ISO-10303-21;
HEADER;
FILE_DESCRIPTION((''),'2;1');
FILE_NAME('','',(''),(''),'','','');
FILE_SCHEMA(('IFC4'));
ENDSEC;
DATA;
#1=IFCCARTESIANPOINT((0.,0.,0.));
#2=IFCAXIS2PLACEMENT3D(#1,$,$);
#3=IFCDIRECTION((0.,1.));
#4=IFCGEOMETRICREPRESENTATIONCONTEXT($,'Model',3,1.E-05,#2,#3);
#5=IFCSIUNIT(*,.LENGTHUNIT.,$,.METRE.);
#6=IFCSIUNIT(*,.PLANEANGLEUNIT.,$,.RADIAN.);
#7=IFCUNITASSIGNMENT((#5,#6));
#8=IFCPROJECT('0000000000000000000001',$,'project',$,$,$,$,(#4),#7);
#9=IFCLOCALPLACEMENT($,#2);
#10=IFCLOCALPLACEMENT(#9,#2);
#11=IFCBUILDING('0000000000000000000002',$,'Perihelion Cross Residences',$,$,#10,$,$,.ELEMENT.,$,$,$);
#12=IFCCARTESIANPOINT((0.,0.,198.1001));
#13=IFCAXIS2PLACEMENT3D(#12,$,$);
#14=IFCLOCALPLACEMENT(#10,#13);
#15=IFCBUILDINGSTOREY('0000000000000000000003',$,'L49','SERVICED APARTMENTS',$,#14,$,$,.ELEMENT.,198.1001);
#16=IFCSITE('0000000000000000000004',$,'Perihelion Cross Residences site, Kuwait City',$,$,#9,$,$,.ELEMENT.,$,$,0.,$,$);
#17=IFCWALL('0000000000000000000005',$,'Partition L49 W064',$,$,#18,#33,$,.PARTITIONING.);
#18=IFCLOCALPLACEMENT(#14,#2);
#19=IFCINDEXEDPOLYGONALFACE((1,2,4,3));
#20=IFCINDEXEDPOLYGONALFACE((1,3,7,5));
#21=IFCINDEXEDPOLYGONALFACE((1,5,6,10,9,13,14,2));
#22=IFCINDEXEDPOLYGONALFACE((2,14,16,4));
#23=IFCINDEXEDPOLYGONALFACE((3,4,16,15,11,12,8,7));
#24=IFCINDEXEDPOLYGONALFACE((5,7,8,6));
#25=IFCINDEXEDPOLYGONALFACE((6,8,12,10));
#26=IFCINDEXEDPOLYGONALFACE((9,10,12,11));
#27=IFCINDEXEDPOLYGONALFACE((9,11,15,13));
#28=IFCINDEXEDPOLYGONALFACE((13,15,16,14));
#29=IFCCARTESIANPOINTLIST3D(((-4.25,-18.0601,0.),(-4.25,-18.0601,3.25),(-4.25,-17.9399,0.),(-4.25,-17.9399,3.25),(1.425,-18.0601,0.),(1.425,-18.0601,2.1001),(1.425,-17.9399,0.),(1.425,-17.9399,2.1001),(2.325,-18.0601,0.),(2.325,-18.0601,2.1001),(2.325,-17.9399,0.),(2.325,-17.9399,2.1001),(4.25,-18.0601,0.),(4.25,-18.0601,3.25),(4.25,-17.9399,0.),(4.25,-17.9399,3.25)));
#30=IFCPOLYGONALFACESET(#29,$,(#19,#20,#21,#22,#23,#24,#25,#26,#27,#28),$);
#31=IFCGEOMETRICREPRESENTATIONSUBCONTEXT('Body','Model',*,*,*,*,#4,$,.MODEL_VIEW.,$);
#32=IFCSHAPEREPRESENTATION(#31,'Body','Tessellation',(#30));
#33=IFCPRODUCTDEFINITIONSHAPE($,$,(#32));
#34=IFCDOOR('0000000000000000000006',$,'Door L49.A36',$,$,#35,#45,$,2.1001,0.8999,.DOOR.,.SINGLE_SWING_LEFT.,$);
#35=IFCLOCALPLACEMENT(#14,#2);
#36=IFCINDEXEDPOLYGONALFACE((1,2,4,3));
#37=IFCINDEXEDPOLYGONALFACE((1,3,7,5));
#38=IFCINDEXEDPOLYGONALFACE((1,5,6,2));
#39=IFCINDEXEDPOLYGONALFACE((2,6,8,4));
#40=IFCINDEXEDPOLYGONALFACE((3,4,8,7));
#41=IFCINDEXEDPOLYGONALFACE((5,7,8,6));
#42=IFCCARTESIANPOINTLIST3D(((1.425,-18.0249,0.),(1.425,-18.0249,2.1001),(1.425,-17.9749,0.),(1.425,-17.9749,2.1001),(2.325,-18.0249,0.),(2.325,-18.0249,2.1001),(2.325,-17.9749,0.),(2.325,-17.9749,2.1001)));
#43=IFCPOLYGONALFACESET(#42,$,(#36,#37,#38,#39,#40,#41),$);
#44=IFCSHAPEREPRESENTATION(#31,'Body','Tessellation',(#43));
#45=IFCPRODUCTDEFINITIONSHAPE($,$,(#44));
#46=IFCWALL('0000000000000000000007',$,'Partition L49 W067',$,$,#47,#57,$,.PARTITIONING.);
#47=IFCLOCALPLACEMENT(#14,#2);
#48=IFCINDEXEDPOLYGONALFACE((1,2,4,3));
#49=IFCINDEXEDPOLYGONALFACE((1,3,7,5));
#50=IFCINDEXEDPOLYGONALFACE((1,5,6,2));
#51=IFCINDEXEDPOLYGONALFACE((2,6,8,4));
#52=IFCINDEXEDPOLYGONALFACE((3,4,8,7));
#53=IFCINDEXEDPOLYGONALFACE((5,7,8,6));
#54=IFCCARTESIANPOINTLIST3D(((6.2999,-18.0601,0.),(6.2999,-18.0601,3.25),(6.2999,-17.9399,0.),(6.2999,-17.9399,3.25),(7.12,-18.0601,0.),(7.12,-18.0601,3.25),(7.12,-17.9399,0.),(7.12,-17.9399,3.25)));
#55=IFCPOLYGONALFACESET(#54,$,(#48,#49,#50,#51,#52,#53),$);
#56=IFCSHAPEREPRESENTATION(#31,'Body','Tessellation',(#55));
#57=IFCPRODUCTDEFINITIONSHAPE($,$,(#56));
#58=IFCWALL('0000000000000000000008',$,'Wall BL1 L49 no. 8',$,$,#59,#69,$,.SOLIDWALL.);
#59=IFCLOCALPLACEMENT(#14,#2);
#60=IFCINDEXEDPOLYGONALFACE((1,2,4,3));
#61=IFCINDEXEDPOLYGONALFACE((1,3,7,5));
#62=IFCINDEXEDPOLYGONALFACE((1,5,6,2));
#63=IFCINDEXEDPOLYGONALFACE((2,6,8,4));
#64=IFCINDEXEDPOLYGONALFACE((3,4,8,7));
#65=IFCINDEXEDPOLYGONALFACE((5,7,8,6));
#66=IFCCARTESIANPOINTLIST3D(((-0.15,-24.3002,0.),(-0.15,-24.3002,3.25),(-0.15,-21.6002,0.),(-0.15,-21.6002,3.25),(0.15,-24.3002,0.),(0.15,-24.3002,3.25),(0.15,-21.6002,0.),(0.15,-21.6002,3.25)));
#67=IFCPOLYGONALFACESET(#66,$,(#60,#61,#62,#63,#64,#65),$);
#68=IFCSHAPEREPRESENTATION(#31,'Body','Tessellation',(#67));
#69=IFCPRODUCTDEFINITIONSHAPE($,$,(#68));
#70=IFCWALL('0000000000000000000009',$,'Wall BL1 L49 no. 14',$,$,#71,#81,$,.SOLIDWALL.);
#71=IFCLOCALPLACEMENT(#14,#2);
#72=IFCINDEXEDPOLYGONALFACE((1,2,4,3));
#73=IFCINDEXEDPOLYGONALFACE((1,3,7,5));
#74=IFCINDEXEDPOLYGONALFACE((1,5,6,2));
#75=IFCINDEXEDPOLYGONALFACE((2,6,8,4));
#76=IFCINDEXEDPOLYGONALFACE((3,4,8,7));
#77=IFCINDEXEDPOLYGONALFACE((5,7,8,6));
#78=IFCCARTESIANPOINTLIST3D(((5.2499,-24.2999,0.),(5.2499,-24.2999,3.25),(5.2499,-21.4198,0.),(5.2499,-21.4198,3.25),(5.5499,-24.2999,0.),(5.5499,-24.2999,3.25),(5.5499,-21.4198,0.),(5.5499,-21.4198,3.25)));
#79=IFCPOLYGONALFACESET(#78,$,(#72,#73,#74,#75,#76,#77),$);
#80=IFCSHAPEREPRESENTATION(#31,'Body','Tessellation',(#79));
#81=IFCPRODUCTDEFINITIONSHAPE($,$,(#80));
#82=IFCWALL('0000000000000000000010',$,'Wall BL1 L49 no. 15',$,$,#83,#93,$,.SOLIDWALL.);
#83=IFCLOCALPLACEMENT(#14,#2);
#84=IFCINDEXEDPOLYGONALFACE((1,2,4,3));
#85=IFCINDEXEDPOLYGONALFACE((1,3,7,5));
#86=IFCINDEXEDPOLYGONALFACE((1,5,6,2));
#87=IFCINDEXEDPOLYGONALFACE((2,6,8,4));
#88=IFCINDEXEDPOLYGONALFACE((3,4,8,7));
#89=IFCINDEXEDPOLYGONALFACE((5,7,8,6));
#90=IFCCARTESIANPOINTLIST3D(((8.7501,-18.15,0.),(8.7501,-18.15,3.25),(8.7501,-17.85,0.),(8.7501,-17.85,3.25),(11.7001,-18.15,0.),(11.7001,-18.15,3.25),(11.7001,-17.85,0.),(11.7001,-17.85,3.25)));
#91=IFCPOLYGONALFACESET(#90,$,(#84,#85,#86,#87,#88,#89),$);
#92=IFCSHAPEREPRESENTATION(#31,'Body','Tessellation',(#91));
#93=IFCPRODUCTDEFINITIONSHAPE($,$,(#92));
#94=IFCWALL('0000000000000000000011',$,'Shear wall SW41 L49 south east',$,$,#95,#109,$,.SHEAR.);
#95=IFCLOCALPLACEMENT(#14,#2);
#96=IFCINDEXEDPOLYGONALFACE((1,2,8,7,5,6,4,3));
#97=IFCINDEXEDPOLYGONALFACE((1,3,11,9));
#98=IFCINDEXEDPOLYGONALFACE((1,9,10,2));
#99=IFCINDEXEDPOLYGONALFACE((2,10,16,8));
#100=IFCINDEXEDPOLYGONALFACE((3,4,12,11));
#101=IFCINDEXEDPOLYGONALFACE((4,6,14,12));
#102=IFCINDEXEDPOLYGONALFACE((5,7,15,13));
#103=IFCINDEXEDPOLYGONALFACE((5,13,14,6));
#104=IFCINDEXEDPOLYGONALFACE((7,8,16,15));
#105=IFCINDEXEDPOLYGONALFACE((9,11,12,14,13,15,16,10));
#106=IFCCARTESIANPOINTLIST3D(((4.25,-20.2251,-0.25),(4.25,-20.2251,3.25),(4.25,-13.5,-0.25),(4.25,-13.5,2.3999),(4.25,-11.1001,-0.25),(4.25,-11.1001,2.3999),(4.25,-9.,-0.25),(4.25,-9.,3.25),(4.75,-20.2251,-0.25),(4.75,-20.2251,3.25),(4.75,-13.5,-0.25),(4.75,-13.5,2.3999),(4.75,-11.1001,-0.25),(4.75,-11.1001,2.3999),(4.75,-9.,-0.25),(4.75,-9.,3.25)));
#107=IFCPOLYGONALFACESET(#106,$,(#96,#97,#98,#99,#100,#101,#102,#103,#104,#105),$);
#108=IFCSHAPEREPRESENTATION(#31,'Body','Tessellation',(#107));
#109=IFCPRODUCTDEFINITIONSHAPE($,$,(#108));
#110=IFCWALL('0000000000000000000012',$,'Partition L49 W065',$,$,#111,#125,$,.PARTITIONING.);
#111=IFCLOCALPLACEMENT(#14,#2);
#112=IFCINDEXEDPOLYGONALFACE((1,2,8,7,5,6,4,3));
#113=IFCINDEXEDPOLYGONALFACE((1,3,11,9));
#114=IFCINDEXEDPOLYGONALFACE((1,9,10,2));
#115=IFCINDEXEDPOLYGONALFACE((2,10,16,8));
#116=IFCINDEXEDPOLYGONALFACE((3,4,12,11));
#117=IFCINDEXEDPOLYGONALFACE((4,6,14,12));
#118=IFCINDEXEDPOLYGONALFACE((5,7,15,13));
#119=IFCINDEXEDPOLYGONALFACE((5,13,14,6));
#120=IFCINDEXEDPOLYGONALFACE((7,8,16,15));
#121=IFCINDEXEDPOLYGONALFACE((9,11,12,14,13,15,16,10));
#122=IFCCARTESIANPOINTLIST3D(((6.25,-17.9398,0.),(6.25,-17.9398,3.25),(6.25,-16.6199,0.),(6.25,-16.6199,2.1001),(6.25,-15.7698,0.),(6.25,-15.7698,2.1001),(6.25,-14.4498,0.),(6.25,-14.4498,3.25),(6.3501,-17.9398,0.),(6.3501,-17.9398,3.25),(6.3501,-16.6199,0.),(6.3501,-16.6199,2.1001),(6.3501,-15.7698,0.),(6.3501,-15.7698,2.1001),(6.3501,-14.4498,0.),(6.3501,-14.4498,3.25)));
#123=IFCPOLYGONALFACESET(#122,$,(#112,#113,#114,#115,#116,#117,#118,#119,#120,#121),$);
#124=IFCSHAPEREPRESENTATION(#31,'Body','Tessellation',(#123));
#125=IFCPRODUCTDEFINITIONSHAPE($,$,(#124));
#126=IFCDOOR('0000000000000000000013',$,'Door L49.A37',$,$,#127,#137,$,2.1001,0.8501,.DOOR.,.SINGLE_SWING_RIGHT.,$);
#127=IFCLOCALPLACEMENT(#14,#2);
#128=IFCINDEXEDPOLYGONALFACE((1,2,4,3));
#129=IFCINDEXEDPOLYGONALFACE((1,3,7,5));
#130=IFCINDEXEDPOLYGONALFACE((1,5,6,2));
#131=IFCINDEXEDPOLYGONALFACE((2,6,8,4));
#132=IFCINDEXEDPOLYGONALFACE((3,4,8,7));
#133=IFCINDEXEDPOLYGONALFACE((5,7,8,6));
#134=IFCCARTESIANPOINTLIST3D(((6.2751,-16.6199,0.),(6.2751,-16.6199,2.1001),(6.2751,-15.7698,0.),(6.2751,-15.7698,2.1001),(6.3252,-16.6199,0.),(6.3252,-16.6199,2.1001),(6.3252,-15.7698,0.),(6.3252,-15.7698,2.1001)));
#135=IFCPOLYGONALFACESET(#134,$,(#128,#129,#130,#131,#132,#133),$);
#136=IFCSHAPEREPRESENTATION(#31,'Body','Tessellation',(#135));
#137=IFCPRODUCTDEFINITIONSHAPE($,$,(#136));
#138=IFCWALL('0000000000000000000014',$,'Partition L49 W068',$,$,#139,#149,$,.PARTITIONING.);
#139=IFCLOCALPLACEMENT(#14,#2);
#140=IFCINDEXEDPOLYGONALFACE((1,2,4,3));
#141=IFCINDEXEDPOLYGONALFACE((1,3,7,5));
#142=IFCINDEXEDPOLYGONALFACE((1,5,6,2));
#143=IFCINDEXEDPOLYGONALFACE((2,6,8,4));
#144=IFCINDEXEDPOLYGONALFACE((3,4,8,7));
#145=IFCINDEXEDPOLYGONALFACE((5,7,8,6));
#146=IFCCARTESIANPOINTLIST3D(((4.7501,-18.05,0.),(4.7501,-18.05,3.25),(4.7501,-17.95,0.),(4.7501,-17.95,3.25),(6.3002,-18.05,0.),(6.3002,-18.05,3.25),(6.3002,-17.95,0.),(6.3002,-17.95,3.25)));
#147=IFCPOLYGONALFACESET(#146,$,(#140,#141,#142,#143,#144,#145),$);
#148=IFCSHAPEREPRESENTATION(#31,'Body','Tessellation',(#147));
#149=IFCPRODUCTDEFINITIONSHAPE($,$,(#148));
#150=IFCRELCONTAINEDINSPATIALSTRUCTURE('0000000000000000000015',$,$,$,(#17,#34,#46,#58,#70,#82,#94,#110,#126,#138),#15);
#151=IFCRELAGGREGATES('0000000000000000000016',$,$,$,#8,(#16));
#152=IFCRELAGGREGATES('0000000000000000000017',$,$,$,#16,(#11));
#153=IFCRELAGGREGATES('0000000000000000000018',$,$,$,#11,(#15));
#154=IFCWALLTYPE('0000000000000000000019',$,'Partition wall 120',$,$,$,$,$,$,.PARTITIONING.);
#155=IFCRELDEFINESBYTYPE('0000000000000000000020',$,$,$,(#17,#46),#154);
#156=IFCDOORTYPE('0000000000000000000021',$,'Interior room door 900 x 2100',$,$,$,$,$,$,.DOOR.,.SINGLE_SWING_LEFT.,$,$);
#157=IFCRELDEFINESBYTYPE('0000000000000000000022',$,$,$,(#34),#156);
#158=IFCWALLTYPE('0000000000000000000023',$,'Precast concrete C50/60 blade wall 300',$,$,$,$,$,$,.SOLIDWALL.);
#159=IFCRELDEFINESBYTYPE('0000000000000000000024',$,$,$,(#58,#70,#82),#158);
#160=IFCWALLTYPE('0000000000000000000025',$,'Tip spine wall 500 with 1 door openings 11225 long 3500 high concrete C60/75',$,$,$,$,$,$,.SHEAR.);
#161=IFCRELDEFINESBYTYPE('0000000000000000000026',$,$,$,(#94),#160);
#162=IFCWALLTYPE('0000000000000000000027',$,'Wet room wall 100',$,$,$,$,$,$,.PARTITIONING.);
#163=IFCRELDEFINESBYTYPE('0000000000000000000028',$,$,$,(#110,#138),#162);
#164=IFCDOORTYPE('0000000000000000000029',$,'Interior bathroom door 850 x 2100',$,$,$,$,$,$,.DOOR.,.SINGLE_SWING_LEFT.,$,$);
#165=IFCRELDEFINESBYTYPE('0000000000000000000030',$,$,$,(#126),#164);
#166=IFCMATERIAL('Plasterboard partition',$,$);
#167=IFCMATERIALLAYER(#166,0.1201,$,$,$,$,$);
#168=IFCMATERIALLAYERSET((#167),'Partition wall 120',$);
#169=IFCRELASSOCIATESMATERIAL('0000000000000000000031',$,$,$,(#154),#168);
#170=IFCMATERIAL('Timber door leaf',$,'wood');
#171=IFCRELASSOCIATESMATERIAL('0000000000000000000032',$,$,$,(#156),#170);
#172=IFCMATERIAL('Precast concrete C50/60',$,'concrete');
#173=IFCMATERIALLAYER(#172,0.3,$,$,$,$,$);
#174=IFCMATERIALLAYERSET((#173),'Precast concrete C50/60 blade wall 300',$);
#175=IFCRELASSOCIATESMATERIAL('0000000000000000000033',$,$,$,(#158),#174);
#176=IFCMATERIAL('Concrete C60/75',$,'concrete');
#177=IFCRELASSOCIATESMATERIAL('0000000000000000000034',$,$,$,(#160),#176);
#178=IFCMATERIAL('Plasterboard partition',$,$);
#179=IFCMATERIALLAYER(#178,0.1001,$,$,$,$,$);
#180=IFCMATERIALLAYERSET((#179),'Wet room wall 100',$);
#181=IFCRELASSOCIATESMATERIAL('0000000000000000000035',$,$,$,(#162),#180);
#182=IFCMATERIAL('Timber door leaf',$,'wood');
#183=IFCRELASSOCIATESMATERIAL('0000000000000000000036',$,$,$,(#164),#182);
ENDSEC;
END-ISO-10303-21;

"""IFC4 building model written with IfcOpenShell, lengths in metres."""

from ifc_helpers import new_model, si_unit, direction, frame, frame_2d, origin, place, context, subcontext, project, spatial, polyline, rectangle, outline, extrude, material, layer, layer_set, material_profile, profile_set, type_object, element, fill, save


model = new_model("IFC4")

# Units and contexts
model_context = context("Model", 3, precision=1e-05, world=origin(), true_north=direction((0.0, 1.0)))
body_context = subcontext(model_context, "Body", "Model", "MODEL_VIEW")
ifc_project = project(units=[si_unit("LENGTHUNIT", "METRE"), si_unit("PLANEANGLEUNIT", "RADIAN")], contexts=[model_context])

# Site, building, storey
site_placement = place(None, origin())
site = spatial("IfcSite", under=ifc_project, at=site_placement, Name="Perihelion Cross Residences site, Kuwait City", CompositionType="ELEMENT", RefElevation=0.0)
building_placement = place(site_placement, origin())
building = spatial("IfcBuilding", under=site, at=building_placement, Name="Perihelion Cross Residences", CompositionType="ELEMENT")
storey_placement = place(building_placement, frame((0.0, 0.0, 198.1001)))
storey = spatial("IfcBuildingStorey", under=building, at=storey_placement, Name="L49", Description="SERVICED APARTMENTS", CompositionType="ELEMENT", Elevation=198.1001)

# Wall, opening, door
ifc_material_1 = material(Name="Plasterboard partition")
ifc_layer_1 = layer(ifc_material_1, 0.1201)
ifc_layer_set_1 = layer_set([ifc_layer_1], Name="Partition wall 120")
wall_type_1 = type_object("IfcWallType", Name="Partition wall 120", PredefinedType="PARTITIONING", material=ifc_layer_set_1)
wall_1_placement = place(storey_placement, frame((4.25, -18.0, 0.0), z_axis=(0.0, 0.0, 1.0), x_axis=(-1.0, 0.0, 0.0)))
wall_1 = element("IfcWall", 1, at=wall_1_placement, inside=storey, type_object=wall_type_1, Name="Partition L49 W064", PredefinedType="PARTITIONING", context=body_context, shape_type="SweptSolid", body=[
    extrude(rectangle(XDim=8.5, YDim=0.1201, at=frame_2d((4.25, 0.0))), origin(), (0.0, 0.0, 1.0), 3.25),
])
opening_1_placement = place(wall_1_placement, frame((1.925, 0.0, 0.0)))
opening_1 = element("IfcOpeningElement", 2, at=opening_1_placement, cuts=wall_1, PredefinedType="OPENING", context=body_context, shape_type="SweptSolid", body=[
    extrude(rectangle(XDim=0.8999, YDim=2.1001, at=frame_2d((0.45, 1.05))), frame((0.0, 0.0701, 0.0), z_axis=(0.0, -1.0, 0.0), x_axis=(1.0, 0.0, 0.0)), (0.0, 0.0, 1.0), 0.1401),
])
ifc_material_2 = material(Name="Timber door leaf", Category="wood")
door_type_1 = type_object("IfcDoorType", Name="Interior room door 900 x 2100", OperationType="SINGLE_SWING_LEFT", PredefinedType="DOOR", material=ifc_material_2)
door_1_placement = place(opening_1_placement, origin())
door_1 = element("IfcDoor", 3, at=door_1_placement, inside=storey, type_object=door_type_1, Name="Door L49.A36", OperationType="SINGLE_SWING_LEFT", OverallHeight=2.1001, OverallWidth=0.8999, PredefinedType="DOOR", context=body_context, shape_type="SweptSolid", body=[
    extrude(rectangle(XDim=0.8999, YDim=2.1001, at=frame_2d((0.45, 1.05))), frame((0.0, 0.0249, 0.0), z_axis=(0.0, -1.0, 0.0), x_axis=(1.0, 0.0, 0.0)), (0.0, 0.0, 1.0), 0.05),
])
fill(opening_1, door_1)

# Walls
wall_2_placement = place(storey_placement, frame((7.1201, -18.0, 0.0), z_axis=(0.0, 0.0, 1.0), x_axis=(-1.0, 0.0, 0.0)))
element("IfcWall", 4, at=wall_2_placement, inside=storey, type_object=wall_type_1, Name="Partition L49 W067", PredefinedType="PARTITIONING", context=body_context, shape_type="SweptSolid", body=[
    extrude(rectangle(XDim=0.8201, YDim=0.1201, at=frame_2d((0.4102, 0.0))), origin(), (0.0, 0.0, 1.0), 3.25),
])
ifc_material_3 = material(Name="Precast concrete C50/60", Category="concrete")
ifc_layer_2 = layer(ifc_material_3, 0.3)
ifc_layer_set_2 = layer_set([ifc_layer_2], Name="Precast concrete C50/60 blade wall 300")
wall_type_2 = type_object("IfcWallType", Name="Precast concrete C50/60 blade wall 300", PredefinedType="SOLIDWALL", material=ifc_layer_set_2)
wall_3_placement = place(storey_placement, frame((0.0, -21.6001, 0.0), z_axis=(0.0, 0.0, 1.0), x_axis=(0.0, -1.0, 0.0)))
element("IfcWall", 5, at=wall_3_placement, inside=storey, type_object=wall_type_2, Name="Wall BL1 L49 no. 8", PredefinedType="SOLIDWALL", context=body_context, shape_type="SweptSolid", body=[
    extrude(rectangle(XDim=2.7, YDim=0.3, at=frame_2d((1.3501, 0.0))), origin(), (0.0, 0.0, 1.0), 3.25),
])
wall_4_placement = place(storey_placement, frame((5.3999, -21.4199, 0.0), z_axis=(0.0, 0.0, 1.0), x_axis=(0.0, -1.0, 0.0)))
element("IfcWall", 6, at=wall_4_placement, inside=storey, type_object=wall_type_2, Name="Wall BL1 L49 no. 14", PredefinedType="SOLIDWALL", context=body_context, shape_type="SweptSolid", body=[
    extrude(rectangle(XDim=2.8801, YDim=0.3, at=frame_2d((1.4399, 0.0))), origin(), (0.0, 0.0, 1.0), 3.25),
])
wall_5_placement = place(storey_placement, frame((8.75, -18.0, 0.0), z_axis=(0.0, 0.0, 1.0), x_axis=(1.0, 0.0, 0.0)))
element("IfcWall", 7, at=wall_5_placement, inside=storey, type_object=wall_type_2, Name="Wall BL1 L49 no. 15", PredefinedType="SOLIDWALL", context=body_context, shape_type="SweptSolid", body=[
    extrude(rectangle(XDim=2.95, YDim=0.3, at=frame_2d((1.4751, 0.0))), origin(), (0.0, 0.0, 1.0), 3.25),
])
ifc_material_4 = material(Name="Concrete C60/75", Category="concrete")
ifc_material_profile_1 = material_profile(ifc_material_4, outline(polyline([(0.0, 0.0), (6.7251, 0.0), (6.7251, 2.6499), (9.125, 2.6499), (9.125, 0.0), (11.2251, 0.0), (11.2251, 3.5), (0.0, 3.5), (0.0, 0.0)])), Name="Tip spine wall")
ifc_profile_set_1 = profile_set([ifc_material_profile_1], Name="Concrete C60/75")
wall_type_3 = type_object("IfcWallType", Name="Tip spine wall 500 with 1 door openings 11225 long 3500 high concrete C60/75", PredefinedType="SHEAR", material=ifc_profile_set_1)
wall_6_placement = place(storey_placement, frame((4.25, -20.2251, -0.25), z_axis=(1.0, 0.0, 0.0), x_axis=(0.0, 1.0, 0.0)))
element("IfcWall", 8, at=wall_6_placement, inside=storey, type_object=wall_type_3, Name="Shear wall SW41 L49 south east", PredefinedType="SHEAR", context=body_context, shape_type="SweptSolid", body=[
    extrude(outline(polyline([(0.0, 0.0), (6.7251, 0.0), (6.7251, 2.6499), (9.125, 2.6499), (9.125, 0.0), (11.2251, 0.0), (11.2251, 3.5), (0.0, 3.5), (0.0, 0.0)])), origin(), (0.0, 0.0, 1.0), 0.5),
])

# Wall, opening, door
ifc_material_5 = material(Name="Plasterboard partition")
ifc_layer_3 = layer(ifc_material_5, 0.1001)
ifc_layer_set_3 = layer_set([ifc_layer_3], Name="Wet room wall 100")
wall_type_4 = type_object("IfcWallType", Name="Wet room wall 100", PredefinedType="PARTITIONING", material=ifc_layer_set_3)
wall_7_placement = place(storey_placement, frame((6.3, -17.9399, 0.0), z_axis=(0.0, 0.0, 1.0), x_axis=(0.0, 1.0, 0.0)))
wall_7 = element("IfcWall", 9, at=wall_7_placement, inside=storey, type_object=wall_type_4, Name="Partition L49 W065", PredefinedType="PARTITIONING", context=body_context, shape_type="SweptSolid", body=[
    extrude(rectangle(XDim=3.49, YDim=0.1001, at=frame_2d((1.7451, 0.0))), origin(), (0.0, 0.0, 1.0), 3.25),
])
opening_2_placement = place(wall_7_placement, frame((1.3201, 0.0, 0.0)))
opening_2 = element("IfcOpeningElement", 10, at=opening_2_placement, cuts=wall_7, PredefinedType="OPENING", context=body_context, shape_type="SweptSolid", body=[
    extrude(rectangle(XDim=0.8501, YDim=2.1001, at=frame_2d((0.425, 1.05))), frame((0.0, 0.0601, 0.0), z_axis=(0.0, -1.0, 0.0), x_axis=(1.0, 0.0, 0.0)), (0.0, 0.0, 1.0), 0.1201),
])
ifc_material_6 = material(Name="Timber door leaf", Category="wood")
door_type_2 = type_object("IfcDoorType", Name="Interior bathroom door 850 x 2100", OperationType="SINGLE_SWING_LEFT", PredefinedType="DOOR", material=ifc_material_6)
door_2_placement = place(opening_2_placement, origin())
door_2 = element("IfcDoor", 11, at=door_2_placement, inside=storey, type_object=door_type_2, Name="Door L49.A37", OperationType="SINGLE_SWING_RIGHT", OverallHeight=2.1001, OverallWidth=0.8501, PredefinedType="DOOR", context=body_context, shape_type="SweptSolid", body=[
    extrude(rectangle(XDim=0.8501, YDim=2.1001, at=frame_2d((0.425, 1.05))), frame((0.0, 0.0249, 0.0), z_axis=(0.0, -1.0, 0.0), x_axis=(1.0, 0.0, 0.0)), (0.0, 0.0, 1.0), 0.05),
])
fill(opening_2, door_2)

# Wall
wall_8_placement = place(storey_placement, frame((6.3, -18.0, 0.0), z_axis=(0.0, 0.0, 1.0), x_axis=(-1.0, 0.0, 0.0)))
element("IfcWall", 12, at=wall_8_placement, inside=storey, type_object=wall_type_4, Name="Partition L49 W068", PredefinedType="PARTITIONING", context=body_context, shape_type="SweptSolid", body=[
    extrude(rectangle(XDim=1.55, YDim=0.1001, at=frame_2d((0.7749, 0.0))), origin(), (0.0, 0.0, 1.0), 3.25),
])

save(model, "model.ifc")
